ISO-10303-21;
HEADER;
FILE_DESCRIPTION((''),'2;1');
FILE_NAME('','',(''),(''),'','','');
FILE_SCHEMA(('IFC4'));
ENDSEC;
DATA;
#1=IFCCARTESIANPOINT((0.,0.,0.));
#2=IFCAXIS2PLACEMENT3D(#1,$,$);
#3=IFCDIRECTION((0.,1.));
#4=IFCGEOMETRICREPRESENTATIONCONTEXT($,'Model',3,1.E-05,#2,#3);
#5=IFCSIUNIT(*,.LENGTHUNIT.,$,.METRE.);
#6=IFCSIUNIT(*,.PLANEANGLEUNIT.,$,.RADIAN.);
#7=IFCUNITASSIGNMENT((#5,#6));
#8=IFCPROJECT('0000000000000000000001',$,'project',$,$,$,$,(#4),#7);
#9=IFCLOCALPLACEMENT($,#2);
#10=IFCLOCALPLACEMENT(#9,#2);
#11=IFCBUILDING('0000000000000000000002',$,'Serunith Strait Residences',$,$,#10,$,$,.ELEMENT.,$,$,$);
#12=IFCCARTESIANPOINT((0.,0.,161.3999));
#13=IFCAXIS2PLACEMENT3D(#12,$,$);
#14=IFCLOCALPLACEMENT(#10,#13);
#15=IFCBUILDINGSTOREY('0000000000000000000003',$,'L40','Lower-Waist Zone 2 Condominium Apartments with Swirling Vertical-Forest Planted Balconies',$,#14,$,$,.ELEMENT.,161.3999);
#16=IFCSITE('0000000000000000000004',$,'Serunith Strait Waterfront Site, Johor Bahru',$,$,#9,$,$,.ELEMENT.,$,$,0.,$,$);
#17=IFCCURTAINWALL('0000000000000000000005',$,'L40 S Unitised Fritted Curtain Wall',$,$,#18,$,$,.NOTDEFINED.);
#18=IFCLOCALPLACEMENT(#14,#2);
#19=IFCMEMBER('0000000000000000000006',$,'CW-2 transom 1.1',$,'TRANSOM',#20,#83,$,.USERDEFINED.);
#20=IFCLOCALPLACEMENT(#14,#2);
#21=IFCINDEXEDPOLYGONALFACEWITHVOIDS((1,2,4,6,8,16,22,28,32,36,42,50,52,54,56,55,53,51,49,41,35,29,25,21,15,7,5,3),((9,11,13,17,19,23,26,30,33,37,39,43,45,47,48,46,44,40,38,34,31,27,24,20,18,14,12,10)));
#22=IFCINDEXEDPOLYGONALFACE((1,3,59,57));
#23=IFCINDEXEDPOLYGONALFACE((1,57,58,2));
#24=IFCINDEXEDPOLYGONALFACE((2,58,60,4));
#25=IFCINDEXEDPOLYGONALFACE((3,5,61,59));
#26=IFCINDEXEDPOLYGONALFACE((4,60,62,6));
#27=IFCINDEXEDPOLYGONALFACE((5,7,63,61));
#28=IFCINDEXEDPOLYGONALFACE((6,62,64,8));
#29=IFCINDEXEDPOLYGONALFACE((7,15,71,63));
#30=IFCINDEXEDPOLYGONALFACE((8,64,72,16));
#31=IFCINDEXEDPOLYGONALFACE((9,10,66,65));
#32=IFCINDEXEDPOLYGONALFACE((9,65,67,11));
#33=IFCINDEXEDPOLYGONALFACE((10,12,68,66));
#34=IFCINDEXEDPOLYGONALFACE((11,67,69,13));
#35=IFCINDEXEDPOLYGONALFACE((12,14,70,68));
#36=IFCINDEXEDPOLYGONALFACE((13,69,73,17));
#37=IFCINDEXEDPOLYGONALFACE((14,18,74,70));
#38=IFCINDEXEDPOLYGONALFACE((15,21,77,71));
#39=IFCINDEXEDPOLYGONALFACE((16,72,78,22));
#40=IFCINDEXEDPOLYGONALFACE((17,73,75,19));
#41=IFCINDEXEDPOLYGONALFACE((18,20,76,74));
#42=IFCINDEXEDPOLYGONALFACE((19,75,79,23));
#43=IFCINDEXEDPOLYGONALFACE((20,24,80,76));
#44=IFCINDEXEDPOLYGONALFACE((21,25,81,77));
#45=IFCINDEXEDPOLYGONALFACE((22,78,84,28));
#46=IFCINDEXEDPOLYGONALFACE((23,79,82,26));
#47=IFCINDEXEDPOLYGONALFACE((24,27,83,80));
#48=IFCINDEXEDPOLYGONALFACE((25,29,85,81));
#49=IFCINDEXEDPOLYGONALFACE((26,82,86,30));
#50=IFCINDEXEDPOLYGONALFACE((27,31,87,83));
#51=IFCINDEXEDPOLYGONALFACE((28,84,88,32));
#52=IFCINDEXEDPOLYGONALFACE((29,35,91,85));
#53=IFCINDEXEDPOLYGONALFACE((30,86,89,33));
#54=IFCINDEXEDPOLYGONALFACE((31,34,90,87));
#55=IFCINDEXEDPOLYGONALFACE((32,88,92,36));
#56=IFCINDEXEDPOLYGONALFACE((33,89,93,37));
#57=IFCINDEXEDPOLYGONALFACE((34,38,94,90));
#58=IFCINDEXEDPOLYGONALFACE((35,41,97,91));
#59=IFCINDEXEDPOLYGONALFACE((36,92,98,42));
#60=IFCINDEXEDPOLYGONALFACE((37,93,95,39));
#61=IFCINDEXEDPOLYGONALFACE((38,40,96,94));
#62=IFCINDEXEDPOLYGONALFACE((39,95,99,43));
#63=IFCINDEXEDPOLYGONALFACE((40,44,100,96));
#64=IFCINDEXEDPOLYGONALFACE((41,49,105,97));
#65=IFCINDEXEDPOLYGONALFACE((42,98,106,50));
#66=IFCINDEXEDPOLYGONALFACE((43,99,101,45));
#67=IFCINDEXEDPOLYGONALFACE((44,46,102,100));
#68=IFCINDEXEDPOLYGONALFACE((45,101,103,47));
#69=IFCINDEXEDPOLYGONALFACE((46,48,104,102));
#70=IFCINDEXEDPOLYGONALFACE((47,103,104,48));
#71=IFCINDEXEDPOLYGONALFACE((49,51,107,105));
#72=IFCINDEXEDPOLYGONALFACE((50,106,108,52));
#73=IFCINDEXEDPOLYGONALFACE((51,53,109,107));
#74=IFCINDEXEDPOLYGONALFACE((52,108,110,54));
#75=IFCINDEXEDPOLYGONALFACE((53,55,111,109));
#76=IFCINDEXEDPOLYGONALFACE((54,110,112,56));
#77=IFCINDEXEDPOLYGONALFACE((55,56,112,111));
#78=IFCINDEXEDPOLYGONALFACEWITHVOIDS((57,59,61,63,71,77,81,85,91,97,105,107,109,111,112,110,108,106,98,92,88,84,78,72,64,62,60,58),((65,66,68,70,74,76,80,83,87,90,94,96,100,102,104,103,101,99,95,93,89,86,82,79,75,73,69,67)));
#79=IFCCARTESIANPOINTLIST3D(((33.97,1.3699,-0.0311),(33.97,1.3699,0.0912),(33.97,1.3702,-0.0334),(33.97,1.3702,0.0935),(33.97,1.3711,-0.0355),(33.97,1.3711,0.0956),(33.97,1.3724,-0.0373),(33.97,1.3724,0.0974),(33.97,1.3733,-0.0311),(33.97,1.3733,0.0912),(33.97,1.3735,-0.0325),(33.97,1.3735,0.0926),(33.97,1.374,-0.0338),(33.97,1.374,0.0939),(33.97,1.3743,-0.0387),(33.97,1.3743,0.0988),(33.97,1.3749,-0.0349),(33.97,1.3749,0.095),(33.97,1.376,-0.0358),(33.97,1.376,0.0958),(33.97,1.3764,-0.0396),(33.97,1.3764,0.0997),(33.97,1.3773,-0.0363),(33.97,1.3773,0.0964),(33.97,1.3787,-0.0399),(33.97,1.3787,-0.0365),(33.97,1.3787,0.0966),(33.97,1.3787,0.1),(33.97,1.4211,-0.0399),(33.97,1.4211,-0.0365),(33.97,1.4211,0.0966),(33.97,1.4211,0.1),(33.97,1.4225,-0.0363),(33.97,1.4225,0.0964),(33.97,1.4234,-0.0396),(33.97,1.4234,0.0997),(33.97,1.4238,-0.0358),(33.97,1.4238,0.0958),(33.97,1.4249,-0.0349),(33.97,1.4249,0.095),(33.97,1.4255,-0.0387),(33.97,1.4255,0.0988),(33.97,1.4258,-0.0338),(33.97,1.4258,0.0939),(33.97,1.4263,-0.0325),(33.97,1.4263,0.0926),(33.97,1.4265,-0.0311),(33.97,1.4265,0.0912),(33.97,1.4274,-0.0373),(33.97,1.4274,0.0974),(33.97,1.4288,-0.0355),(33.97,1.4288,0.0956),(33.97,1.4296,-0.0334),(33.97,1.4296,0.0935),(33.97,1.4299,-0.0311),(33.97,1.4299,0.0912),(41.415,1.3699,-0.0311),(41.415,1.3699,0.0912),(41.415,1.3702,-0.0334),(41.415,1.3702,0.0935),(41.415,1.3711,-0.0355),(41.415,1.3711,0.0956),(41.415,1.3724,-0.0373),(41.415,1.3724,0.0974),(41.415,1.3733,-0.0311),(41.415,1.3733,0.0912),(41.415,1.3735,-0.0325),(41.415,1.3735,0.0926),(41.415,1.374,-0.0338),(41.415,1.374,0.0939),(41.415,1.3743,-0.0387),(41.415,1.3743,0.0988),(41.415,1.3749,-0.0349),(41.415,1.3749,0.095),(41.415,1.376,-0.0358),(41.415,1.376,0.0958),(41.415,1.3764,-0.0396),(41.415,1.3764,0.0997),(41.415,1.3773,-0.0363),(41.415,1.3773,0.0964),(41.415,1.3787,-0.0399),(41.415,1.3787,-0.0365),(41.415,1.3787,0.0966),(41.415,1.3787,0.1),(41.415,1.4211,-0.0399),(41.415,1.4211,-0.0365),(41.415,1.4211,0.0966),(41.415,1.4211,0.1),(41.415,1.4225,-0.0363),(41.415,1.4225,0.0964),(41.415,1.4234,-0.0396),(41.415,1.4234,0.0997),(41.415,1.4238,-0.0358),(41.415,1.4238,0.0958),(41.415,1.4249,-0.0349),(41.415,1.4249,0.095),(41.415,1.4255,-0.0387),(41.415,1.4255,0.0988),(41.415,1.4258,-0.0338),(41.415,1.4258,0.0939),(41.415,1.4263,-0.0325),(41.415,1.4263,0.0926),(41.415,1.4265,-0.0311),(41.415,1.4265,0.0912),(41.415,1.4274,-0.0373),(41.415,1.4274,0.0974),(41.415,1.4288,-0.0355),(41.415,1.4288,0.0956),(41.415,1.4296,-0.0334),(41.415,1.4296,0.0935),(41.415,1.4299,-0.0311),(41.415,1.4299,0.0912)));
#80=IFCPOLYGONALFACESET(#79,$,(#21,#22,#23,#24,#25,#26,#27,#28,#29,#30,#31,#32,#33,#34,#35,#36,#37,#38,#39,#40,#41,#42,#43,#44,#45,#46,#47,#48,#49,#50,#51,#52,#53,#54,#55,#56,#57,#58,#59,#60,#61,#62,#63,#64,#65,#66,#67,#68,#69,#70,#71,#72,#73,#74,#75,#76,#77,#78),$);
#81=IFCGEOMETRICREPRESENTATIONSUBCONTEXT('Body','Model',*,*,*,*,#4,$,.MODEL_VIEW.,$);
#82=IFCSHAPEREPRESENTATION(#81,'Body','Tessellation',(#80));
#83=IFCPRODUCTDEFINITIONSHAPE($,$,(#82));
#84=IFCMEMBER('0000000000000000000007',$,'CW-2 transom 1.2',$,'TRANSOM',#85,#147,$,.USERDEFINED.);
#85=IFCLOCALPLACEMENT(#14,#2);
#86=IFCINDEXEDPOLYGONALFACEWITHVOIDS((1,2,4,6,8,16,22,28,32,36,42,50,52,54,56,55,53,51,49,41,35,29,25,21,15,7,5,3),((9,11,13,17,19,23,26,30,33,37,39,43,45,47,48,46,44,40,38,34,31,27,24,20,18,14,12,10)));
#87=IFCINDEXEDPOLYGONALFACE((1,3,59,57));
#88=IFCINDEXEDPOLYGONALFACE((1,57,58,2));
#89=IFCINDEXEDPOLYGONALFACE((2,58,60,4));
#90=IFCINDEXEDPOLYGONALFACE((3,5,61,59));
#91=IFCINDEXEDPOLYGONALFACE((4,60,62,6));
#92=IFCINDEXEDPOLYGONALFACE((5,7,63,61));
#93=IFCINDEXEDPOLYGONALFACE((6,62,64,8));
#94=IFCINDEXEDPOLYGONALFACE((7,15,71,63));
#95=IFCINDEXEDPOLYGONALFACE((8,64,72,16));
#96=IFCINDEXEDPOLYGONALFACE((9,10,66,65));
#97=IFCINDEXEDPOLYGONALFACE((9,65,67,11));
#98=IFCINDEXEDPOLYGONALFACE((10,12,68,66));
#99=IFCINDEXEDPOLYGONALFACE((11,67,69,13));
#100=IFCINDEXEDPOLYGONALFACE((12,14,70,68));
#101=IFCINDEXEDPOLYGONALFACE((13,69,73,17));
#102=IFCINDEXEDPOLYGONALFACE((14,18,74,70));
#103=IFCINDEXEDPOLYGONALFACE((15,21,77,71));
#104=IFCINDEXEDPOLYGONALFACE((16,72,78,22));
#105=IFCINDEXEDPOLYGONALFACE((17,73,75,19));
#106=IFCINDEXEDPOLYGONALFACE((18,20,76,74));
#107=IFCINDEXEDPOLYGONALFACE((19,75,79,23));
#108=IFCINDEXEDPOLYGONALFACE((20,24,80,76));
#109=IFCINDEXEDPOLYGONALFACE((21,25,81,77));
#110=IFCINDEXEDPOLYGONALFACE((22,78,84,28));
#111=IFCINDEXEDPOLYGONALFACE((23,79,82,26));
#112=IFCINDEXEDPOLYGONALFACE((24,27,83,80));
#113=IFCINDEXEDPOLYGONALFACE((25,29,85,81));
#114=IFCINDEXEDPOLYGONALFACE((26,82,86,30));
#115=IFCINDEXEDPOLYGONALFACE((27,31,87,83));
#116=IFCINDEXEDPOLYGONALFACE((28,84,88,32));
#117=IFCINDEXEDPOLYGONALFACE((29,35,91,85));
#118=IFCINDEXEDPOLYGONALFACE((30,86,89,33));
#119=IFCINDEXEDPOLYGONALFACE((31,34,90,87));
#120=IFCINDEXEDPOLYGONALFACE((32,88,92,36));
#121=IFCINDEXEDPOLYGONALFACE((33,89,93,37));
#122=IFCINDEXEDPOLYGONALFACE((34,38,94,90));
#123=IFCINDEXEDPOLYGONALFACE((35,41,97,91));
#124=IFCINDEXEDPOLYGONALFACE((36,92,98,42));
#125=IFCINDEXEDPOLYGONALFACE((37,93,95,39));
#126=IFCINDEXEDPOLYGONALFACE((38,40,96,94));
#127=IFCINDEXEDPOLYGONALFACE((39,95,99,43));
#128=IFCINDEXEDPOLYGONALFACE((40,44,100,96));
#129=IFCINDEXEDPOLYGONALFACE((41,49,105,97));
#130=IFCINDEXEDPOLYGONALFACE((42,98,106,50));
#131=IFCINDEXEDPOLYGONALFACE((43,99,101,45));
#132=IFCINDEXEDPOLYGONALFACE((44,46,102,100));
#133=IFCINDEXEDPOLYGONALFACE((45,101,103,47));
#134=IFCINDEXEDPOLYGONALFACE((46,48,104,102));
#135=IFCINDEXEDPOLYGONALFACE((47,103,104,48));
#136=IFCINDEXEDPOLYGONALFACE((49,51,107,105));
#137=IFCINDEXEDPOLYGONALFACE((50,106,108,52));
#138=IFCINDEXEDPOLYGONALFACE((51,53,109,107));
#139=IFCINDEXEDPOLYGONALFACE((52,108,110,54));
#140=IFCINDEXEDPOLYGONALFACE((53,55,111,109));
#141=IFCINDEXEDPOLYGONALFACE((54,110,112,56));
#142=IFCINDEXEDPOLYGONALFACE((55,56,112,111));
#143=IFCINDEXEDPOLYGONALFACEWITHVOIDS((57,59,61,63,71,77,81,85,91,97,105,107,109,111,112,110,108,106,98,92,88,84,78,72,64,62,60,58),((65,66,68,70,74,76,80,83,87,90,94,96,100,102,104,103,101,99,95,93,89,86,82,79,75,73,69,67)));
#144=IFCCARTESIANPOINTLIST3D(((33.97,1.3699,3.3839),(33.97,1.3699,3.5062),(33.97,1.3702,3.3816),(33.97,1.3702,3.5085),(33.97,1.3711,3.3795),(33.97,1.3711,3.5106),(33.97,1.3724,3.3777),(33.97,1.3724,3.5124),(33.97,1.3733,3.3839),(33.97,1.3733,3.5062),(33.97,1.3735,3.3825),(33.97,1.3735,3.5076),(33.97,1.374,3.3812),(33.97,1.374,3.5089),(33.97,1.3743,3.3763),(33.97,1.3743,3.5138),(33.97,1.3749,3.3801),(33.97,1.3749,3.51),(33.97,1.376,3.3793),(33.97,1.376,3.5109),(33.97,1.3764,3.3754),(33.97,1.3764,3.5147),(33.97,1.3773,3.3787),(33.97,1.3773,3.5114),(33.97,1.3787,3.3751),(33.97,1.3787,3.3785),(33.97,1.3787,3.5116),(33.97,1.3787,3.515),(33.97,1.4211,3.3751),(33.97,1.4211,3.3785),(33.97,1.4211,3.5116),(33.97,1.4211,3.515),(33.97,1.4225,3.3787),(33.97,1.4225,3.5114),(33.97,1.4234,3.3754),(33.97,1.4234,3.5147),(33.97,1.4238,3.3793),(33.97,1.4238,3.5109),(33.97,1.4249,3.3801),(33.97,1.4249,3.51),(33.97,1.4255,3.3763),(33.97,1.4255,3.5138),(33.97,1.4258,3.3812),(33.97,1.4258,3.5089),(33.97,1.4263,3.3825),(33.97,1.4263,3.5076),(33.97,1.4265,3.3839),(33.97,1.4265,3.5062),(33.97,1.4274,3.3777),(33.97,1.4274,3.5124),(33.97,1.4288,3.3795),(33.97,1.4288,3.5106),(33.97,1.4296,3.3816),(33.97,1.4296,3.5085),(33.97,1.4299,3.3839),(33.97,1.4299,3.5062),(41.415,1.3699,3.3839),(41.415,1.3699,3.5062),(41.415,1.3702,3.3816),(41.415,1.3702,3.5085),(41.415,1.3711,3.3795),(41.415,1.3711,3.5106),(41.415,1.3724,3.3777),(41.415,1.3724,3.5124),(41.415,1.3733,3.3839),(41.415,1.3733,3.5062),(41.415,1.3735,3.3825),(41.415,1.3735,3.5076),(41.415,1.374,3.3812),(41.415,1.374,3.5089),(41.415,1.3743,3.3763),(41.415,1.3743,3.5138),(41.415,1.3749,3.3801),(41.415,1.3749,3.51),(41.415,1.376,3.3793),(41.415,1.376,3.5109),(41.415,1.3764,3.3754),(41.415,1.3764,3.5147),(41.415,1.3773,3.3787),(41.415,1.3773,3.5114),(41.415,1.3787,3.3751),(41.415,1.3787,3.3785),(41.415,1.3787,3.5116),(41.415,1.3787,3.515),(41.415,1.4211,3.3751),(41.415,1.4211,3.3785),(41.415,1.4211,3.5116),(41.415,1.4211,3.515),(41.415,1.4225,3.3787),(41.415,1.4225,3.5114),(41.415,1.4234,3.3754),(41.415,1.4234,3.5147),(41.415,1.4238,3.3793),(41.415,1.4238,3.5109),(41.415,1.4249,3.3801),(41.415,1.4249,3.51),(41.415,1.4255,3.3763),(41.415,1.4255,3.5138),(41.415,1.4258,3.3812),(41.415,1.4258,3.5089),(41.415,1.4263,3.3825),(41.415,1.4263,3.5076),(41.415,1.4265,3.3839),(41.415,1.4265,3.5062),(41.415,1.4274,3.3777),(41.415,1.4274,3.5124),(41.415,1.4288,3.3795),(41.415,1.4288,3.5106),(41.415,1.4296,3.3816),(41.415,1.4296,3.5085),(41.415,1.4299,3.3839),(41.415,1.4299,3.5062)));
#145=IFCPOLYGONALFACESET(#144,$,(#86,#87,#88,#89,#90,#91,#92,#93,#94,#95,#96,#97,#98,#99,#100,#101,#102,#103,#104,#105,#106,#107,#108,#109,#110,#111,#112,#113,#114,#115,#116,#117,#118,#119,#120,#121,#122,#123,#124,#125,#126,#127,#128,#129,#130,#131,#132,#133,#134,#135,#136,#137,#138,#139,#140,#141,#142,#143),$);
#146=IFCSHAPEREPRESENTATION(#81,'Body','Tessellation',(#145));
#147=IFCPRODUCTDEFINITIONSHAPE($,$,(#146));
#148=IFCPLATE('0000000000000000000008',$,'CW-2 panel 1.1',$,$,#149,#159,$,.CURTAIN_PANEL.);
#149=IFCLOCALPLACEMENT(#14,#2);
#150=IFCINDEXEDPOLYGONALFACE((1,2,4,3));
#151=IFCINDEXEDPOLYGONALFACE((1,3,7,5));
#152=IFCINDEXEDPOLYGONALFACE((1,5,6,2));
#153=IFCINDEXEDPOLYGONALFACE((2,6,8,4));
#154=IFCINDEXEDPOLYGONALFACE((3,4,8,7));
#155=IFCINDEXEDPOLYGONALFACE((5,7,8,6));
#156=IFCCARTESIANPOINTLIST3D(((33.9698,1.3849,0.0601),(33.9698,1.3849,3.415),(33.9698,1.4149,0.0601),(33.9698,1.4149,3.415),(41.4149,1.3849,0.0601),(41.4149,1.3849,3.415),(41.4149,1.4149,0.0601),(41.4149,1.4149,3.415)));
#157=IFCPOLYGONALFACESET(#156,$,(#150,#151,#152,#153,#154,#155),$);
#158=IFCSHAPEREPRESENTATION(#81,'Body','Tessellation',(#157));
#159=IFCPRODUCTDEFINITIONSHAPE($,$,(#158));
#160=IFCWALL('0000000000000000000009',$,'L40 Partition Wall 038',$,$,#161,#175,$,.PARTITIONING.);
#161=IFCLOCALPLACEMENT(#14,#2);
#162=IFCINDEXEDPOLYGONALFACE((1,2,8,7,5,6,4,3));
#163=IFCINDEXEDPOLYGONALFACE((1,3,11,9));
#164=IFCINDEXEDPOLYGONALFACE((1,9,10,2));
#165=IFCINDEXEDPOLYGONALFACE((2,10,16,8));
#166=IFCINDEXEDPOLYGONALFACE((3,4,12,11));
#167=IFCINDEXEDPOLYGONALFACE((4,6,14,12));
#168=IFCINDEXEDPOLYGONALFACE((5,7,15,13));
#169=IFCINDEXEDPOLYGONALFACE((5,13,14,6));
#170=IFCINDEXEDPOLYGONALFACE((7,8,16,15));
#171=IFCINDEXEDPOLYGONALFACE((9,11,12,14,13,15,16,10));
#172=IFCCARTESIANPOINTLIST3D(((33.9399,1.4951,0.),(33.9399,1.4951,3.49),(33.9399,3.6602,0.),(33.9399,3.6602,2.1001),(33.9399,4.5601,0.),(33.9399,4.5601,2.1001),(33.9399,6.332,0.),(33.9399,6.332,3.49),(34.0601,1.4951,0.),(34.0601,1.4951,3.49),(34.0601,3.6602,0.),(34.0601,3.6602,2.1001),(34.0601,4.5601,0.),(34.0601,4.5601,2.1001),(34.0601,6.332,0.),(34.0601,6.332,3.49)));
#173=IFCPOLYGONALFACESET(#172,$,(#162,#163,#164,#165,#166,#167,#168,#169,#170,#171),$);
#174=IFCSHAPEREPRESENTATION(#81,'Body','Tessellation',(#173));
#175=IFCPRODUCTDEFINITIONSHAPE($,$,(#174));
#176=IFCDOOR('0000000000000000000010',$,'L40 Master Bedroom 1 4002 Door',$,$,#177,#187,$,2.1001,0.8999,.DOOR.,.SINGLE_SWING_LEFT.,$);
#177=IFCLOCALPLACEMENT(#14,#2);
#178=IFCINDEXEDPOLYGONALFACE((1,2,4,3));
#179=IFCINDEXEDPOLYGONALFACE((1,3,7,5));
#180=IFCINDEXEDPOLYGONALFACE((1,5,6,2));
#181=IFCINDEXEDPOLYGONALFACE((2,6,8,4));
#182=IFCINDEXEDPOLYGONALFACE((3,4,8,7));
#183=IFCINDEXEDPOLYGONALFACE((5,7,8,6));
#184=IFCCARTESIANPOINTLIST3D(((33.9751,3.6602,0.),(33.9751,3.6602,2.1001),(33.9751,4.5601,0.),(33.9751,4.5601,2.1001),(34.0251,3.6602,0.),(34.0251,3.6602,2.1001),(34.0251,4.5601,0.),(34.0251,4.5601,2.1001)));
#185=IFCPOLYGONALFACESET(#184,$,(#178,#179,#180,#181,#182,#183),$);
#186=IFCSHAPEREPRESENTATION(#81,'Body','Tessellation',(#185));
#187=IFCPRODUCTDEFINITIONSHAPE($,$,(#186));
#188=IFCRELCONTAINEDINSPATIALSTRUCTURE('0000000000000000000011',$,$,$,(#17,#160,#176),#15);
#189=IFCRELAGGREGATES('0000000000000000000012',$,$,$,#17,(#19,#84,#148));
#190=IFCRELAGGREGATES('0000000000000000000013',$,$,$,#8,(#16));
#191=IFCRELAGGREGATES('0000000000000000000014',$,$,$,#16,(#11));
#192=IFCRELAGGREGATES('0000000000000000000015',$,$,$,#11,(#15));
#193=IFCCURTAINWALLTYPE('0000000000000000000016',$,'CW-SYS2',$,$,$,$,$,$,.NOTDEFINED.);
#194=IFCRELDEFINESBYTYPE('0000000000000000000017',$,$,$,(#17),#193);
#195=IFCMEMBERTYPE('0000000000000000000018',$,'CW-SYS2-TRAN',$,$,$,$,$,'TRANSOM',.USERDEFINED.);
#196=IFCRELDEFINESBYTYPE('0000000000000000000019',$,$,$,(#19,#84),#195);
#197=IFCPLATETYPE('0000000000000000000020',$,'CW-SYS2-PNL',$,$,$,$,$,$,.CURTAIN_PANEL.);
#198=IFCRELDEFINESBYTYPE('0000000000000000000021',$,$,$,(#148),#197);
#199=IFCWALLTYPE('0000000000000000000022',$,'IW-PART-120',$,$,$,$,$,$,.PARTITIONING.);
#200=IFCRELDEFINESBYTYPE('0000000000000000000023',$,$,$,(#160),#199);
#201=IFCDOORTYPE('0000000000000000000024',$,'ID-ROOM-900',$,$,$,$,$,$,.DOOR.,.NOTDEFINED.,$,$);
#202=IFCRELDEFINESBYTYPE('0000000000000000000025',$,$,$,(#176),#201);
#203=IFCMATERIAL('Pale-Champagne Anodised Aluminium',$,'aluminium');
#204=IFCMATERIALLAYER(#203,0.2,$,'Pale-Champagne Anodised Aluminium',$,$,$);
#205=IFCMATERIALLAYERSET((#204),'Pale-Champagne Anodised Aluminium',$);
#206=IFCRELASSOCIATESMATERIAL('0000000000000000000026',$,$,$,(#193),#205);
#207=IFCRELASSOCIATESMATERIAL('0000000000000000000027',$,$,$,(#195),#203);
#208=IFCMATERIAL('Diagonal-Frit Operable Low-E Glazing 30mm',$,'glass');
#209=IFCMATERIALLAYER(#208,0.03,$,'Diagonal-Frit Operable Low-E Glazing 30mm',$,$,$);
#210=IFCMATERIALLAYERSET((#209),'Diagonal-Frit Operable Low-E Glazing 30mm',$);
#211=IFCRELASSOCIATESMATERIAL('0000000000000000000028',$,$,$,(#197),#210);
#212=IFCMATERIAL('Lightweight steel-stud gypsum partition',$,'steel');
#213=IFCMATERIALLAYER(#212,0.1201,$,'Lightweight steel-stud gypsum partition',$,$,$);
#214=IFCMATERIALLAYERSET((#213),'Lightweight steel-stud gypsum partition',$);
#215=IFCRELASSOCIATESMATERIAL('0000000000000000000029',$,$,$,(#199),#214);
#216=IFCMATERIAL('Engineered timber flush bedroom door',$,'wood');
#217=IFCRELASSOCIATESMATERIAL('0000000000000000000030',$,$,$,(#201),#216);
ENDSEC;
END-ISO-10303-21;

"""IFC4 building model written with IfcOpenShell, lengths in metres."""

from ifc_helpers import new_model, si_unit, direction, frame, frame_2d, origin, origin_2d, place, context, subcontext, project, spatial, rectangle, hollow_rectangle, extrude, source, transform, mapped, material, layer, layer_set, material_profile, profile_set, type_object, element, fill, aggregate, save


model = new_model("IFC4")

# Units and contexts
model_context = context("Model", 3, precision=1e-05, world=origin(), true_north=direction((0.0, 1.0)))
body_context = subcontext(model_context, "Body", "Model", "MODEL_VIEW")
ifc_project = project(units=[si_unit("LENGTHUNIT", "METRE"), si_unit("PLANEANGLEUNIT", "RADIAN")], contexts=[model_context])

# Site, building, storey
site_placement = place(None, origin())
site = spatial("IfcSite", under=ifc_project, at=site_placement, Name="Serunith Strait Waterfront Site, Johor Bahru", CompositionType="ELEMENT", RefElevation=0.0)
building_placement = place(site_placement, origin())
building = spatial("IfcBuilding", under=site, at=building_placement, Name="Serunith Strait Residences", CompositionType="ELEMENT")
storey_placement = place(building_placement, frame((0.0, 0.0, 161.3999)))
storey = spatial("IfcBuildingStorey", under=building, at=storey_placement, Name="L40", Description="Lower-Waist Zone 2 Condominium Apartments with Swirling Vertical-Forest Planted Balconies", CompositionType="ELEMENT", Elevation=161.3999)

# Curtain wall, members, plate
ifc_material_1 = material(Name="Pale-Champagne Anodised Aluminium", Category="aluminium")
ifc_layer_1 = layer(ifc_material_1, 0.2, Name="Pale-Champagne Anodised Aluminium")
ifc_layer_set_1 = layer_set([ifc_layer_1], Name="Pale-Champagne Anodised Aluminium")
curtain_wall_type = type_object("IfcCurtainWallType", Name="CW-SYS2", PredefinedType="NOTDEFINED", material=ifc_layer_set_1)
curtain_wall_placement = place(storey_placement, origin())
curtain_wall = element("IfcCurtainWall", 1, at=curtain_wall_placement, inside=storey, type_object=curtain_wall_type, Name="L40 S Unitised Fritted Curtain Wall", PredefinedType="NOTDEFINED")
ifc_material_profile_1 = material_profile(ifc_material_1, hollow_rectangle(XDim=0.0601, YDim=0.1399, WallThickness=0.0034, InnerFilletRadius=0.0054, OuterFilletRadius=0.0088, at=origin_2d()), Name="ALU 140x60x3.5")
ifc_profile_set_1 = profile_set([ifc_material_profile_1], Name="Pale-Champagne Anodised Aluminium")
member_type_1 = type_object("IfcMemberType", Name="CW-SYS2-TRAN", ElementType="TRANSOM", PredefinedType="USERDEFINED", material=ifc_profile_set_1)
shared_shape_1 = source(origin(), body_context, "Body", "SweptSolid", [
    extrude(hollow_rectangle(XDim=0.0601, YDim=0.1399, WallThickness=0.0034, InnerFilletRadius=0.0054, OuterFilletRadius=0.0088, at=origin_2d()), origin(), (0.0, 0.0, 1.0), 7.4451),
])
member_1_placement = place(storey_placement, frame((33.97, 1.3999, 0.03), z_axis=(1.0, 0.0, 0.0), x_axis=(0.0, 1.0, 0.0)))
member_1 = element("IfcMember", 2, at=member_1_placement, type_object=member_type_1, Name="CW-2 transom 1.1", ObjectType="TRANSOM", PredefinedType="USERDEFINED", context=body_context, shape_type="MappedRepresentation", body=[
    mapped(shared_shape_1, transform((0.0, 0.0, 0.0), scale=1.0)),
])
member_2_placement = place(storey_placement, frame((33.97, 1.3999, 3.4451), z_axis=(1.0, 0.0, 0.0), x_axis=(0.0, 1.0, 0.0)))
member_2 = element("IfcMember", 3, at=member_2_placement, type_object=member_type_1, Name="CW-2 transom 1.2", ObjectType="TRANSOM", PredefinedType="USERDEFINED", context=body_context, shape_type="MappedRepresentation", body=[
    mapped(shared_shape_1, transform((0.0, 0.0, 0.0), scale=1.0)),
])
ifc_material_2 = material(Name="Diagonal-Frit Operable Low-E Glazing 30mm", Category="glass")
ifc_layer_2 = layer(ifc_material_2, 0.03, Name="Diagonal-Frit Operable Low-E Glazing 30mm")
ifc_layer_set_2 = layer_set([ifc_layer_2], Name="Diagonal-Frit Operable Low-E Glazing 30mm")
plate_type = type_object("IfcPlateType", Name="CW-SYS2-PNL", PredefinedType="CURTAIN_PANEL", material=ifc_layer_set_2)
shared_shape_2 = source(origin(), body_context, "Body", "SweptSolid", [
    extrude(rectangle(XDim=7.4451, YDim=0.03, at=origin_2d()), origin(), (0.0, 0.0, 1.0), 3.355),
])
plate_placement = place(storey_placement, frame((37.6924, 1.3999, 0.0601), z_axis=(0.0, 0.0, 1.0), x_axis=(1.0, 0.0, 0.0)))
plate = element("IfcPlate", 4, at=plate_placement, type_object=plate_type, Name="CW-2 panel 1.1", PredefinedType="CURTAIN_PANEL", context=body_context, shape_type="MappedRepresentation", body=[
    mapped(shared_shape_2, transform((0.0, 0.0, 0.0), scale=1.0)),
])
aggregate(curtain_wall, [member_1, member_2, plate])

# Wall, opening, door
ifc_material_3 = material(Name="Lightweight steel-stud gypsum partition", Category="steel")
ifc_layer_3 = layer(ifc_material_3, 0.1201, Name="Lightweight steel-stud gypsum partition")
ifc_layer_set_3 = layer_set([ifc_layer_3], Name="Lightweight steel-stud gypsum partition")
wall_type_1 = type_object("IfcWallType", Name="IW-PART-120", PredefinedType="PARTITIONING", material=ifc_layer_set_3)
wall_1_placement = place(storey_placement, frame((34.0, 1.4951, 0.0), z_axis=(0.0, 0.0, 1.0), x_axis=(0.0, 1.0, 0.0)))
wall_1 = element("IfcWall", 5, at=wall_1_placement, inside=storey, type_object=wall_type_1, Name="L40 Partition Wall 038", PredefinedType="PARTITIONING", context=body_context, shape_type="SweptSolid", body=[
    extrude(rectangle(XDim=4.8369, YDim=0.1201, at=frame_2d((2.4185, 0.0))), origin(), (0.0, 0.0, 1.0), 3.49),
])
opening_1_placement = place(wall_1_placement, frame((2.165, 0.0, 0.0)))
opening_1 = element("IfcOpeningElement", 6, at=opening_1_placement, cuts=wall_1, PredefinedType="OPENING", context=body_context, shape_type="SweptSolid", body=[
    extrude(rectangle(XDim=0.8999, YDim=2.1001, at=frame_2d((0.45, 1.05))), frame((0.0, 0.0701, 0.0), z_axis=(0.0, -1.0, 0.0), x_axis=(1.0, 0.0, 0.0)), (0.0, 0.0, 1.0), 0.1401),
])
ifc_material_4 = material(Name="Engineered timber flush bedroom door", Category="wood")
door_type_1 = type_object("IfcDoorType", Name="ID-ROOM-900", OperationType="NOTDEFINED", PredefinedType="DOOR", material=ifc_material_4)
shared_shape_3 = source(origin(), body_context, "Body", "SweptSolid", [
    extrude(rectangle(XDim=0.8999, YDim=2.1001, at=frame_2d((0.45, 1.05))), frame((0.0, 0.0249, 0.0), z_axis=(0.0, -1.0, 0.0), x_axis=(1.0, 0.0, 0.0)), (0.0, 0.0, 1.0), 0.05),
])
door_1_placement = place(opening_1_placement, origin())
door_1 = element("IfcDoor", 7, at=door_1_placement, inside=storey, type_object=door_type_1, Name="L40 Master Bedroom 1 4002 Door", OperationType="SINGLE_SWING_LEFT", OverallHeight=2.1001, OverallWidth=0.8999, PredefinedType="DOOR", context=body_context, shape_type="MappedRepresentation", body=[
    mapped(shared_shape_3, transform((0.0, 0.0, 0.0), scale=1.0)),
])
fill(opening_1, door_1)

save(model, "model.ifc")
